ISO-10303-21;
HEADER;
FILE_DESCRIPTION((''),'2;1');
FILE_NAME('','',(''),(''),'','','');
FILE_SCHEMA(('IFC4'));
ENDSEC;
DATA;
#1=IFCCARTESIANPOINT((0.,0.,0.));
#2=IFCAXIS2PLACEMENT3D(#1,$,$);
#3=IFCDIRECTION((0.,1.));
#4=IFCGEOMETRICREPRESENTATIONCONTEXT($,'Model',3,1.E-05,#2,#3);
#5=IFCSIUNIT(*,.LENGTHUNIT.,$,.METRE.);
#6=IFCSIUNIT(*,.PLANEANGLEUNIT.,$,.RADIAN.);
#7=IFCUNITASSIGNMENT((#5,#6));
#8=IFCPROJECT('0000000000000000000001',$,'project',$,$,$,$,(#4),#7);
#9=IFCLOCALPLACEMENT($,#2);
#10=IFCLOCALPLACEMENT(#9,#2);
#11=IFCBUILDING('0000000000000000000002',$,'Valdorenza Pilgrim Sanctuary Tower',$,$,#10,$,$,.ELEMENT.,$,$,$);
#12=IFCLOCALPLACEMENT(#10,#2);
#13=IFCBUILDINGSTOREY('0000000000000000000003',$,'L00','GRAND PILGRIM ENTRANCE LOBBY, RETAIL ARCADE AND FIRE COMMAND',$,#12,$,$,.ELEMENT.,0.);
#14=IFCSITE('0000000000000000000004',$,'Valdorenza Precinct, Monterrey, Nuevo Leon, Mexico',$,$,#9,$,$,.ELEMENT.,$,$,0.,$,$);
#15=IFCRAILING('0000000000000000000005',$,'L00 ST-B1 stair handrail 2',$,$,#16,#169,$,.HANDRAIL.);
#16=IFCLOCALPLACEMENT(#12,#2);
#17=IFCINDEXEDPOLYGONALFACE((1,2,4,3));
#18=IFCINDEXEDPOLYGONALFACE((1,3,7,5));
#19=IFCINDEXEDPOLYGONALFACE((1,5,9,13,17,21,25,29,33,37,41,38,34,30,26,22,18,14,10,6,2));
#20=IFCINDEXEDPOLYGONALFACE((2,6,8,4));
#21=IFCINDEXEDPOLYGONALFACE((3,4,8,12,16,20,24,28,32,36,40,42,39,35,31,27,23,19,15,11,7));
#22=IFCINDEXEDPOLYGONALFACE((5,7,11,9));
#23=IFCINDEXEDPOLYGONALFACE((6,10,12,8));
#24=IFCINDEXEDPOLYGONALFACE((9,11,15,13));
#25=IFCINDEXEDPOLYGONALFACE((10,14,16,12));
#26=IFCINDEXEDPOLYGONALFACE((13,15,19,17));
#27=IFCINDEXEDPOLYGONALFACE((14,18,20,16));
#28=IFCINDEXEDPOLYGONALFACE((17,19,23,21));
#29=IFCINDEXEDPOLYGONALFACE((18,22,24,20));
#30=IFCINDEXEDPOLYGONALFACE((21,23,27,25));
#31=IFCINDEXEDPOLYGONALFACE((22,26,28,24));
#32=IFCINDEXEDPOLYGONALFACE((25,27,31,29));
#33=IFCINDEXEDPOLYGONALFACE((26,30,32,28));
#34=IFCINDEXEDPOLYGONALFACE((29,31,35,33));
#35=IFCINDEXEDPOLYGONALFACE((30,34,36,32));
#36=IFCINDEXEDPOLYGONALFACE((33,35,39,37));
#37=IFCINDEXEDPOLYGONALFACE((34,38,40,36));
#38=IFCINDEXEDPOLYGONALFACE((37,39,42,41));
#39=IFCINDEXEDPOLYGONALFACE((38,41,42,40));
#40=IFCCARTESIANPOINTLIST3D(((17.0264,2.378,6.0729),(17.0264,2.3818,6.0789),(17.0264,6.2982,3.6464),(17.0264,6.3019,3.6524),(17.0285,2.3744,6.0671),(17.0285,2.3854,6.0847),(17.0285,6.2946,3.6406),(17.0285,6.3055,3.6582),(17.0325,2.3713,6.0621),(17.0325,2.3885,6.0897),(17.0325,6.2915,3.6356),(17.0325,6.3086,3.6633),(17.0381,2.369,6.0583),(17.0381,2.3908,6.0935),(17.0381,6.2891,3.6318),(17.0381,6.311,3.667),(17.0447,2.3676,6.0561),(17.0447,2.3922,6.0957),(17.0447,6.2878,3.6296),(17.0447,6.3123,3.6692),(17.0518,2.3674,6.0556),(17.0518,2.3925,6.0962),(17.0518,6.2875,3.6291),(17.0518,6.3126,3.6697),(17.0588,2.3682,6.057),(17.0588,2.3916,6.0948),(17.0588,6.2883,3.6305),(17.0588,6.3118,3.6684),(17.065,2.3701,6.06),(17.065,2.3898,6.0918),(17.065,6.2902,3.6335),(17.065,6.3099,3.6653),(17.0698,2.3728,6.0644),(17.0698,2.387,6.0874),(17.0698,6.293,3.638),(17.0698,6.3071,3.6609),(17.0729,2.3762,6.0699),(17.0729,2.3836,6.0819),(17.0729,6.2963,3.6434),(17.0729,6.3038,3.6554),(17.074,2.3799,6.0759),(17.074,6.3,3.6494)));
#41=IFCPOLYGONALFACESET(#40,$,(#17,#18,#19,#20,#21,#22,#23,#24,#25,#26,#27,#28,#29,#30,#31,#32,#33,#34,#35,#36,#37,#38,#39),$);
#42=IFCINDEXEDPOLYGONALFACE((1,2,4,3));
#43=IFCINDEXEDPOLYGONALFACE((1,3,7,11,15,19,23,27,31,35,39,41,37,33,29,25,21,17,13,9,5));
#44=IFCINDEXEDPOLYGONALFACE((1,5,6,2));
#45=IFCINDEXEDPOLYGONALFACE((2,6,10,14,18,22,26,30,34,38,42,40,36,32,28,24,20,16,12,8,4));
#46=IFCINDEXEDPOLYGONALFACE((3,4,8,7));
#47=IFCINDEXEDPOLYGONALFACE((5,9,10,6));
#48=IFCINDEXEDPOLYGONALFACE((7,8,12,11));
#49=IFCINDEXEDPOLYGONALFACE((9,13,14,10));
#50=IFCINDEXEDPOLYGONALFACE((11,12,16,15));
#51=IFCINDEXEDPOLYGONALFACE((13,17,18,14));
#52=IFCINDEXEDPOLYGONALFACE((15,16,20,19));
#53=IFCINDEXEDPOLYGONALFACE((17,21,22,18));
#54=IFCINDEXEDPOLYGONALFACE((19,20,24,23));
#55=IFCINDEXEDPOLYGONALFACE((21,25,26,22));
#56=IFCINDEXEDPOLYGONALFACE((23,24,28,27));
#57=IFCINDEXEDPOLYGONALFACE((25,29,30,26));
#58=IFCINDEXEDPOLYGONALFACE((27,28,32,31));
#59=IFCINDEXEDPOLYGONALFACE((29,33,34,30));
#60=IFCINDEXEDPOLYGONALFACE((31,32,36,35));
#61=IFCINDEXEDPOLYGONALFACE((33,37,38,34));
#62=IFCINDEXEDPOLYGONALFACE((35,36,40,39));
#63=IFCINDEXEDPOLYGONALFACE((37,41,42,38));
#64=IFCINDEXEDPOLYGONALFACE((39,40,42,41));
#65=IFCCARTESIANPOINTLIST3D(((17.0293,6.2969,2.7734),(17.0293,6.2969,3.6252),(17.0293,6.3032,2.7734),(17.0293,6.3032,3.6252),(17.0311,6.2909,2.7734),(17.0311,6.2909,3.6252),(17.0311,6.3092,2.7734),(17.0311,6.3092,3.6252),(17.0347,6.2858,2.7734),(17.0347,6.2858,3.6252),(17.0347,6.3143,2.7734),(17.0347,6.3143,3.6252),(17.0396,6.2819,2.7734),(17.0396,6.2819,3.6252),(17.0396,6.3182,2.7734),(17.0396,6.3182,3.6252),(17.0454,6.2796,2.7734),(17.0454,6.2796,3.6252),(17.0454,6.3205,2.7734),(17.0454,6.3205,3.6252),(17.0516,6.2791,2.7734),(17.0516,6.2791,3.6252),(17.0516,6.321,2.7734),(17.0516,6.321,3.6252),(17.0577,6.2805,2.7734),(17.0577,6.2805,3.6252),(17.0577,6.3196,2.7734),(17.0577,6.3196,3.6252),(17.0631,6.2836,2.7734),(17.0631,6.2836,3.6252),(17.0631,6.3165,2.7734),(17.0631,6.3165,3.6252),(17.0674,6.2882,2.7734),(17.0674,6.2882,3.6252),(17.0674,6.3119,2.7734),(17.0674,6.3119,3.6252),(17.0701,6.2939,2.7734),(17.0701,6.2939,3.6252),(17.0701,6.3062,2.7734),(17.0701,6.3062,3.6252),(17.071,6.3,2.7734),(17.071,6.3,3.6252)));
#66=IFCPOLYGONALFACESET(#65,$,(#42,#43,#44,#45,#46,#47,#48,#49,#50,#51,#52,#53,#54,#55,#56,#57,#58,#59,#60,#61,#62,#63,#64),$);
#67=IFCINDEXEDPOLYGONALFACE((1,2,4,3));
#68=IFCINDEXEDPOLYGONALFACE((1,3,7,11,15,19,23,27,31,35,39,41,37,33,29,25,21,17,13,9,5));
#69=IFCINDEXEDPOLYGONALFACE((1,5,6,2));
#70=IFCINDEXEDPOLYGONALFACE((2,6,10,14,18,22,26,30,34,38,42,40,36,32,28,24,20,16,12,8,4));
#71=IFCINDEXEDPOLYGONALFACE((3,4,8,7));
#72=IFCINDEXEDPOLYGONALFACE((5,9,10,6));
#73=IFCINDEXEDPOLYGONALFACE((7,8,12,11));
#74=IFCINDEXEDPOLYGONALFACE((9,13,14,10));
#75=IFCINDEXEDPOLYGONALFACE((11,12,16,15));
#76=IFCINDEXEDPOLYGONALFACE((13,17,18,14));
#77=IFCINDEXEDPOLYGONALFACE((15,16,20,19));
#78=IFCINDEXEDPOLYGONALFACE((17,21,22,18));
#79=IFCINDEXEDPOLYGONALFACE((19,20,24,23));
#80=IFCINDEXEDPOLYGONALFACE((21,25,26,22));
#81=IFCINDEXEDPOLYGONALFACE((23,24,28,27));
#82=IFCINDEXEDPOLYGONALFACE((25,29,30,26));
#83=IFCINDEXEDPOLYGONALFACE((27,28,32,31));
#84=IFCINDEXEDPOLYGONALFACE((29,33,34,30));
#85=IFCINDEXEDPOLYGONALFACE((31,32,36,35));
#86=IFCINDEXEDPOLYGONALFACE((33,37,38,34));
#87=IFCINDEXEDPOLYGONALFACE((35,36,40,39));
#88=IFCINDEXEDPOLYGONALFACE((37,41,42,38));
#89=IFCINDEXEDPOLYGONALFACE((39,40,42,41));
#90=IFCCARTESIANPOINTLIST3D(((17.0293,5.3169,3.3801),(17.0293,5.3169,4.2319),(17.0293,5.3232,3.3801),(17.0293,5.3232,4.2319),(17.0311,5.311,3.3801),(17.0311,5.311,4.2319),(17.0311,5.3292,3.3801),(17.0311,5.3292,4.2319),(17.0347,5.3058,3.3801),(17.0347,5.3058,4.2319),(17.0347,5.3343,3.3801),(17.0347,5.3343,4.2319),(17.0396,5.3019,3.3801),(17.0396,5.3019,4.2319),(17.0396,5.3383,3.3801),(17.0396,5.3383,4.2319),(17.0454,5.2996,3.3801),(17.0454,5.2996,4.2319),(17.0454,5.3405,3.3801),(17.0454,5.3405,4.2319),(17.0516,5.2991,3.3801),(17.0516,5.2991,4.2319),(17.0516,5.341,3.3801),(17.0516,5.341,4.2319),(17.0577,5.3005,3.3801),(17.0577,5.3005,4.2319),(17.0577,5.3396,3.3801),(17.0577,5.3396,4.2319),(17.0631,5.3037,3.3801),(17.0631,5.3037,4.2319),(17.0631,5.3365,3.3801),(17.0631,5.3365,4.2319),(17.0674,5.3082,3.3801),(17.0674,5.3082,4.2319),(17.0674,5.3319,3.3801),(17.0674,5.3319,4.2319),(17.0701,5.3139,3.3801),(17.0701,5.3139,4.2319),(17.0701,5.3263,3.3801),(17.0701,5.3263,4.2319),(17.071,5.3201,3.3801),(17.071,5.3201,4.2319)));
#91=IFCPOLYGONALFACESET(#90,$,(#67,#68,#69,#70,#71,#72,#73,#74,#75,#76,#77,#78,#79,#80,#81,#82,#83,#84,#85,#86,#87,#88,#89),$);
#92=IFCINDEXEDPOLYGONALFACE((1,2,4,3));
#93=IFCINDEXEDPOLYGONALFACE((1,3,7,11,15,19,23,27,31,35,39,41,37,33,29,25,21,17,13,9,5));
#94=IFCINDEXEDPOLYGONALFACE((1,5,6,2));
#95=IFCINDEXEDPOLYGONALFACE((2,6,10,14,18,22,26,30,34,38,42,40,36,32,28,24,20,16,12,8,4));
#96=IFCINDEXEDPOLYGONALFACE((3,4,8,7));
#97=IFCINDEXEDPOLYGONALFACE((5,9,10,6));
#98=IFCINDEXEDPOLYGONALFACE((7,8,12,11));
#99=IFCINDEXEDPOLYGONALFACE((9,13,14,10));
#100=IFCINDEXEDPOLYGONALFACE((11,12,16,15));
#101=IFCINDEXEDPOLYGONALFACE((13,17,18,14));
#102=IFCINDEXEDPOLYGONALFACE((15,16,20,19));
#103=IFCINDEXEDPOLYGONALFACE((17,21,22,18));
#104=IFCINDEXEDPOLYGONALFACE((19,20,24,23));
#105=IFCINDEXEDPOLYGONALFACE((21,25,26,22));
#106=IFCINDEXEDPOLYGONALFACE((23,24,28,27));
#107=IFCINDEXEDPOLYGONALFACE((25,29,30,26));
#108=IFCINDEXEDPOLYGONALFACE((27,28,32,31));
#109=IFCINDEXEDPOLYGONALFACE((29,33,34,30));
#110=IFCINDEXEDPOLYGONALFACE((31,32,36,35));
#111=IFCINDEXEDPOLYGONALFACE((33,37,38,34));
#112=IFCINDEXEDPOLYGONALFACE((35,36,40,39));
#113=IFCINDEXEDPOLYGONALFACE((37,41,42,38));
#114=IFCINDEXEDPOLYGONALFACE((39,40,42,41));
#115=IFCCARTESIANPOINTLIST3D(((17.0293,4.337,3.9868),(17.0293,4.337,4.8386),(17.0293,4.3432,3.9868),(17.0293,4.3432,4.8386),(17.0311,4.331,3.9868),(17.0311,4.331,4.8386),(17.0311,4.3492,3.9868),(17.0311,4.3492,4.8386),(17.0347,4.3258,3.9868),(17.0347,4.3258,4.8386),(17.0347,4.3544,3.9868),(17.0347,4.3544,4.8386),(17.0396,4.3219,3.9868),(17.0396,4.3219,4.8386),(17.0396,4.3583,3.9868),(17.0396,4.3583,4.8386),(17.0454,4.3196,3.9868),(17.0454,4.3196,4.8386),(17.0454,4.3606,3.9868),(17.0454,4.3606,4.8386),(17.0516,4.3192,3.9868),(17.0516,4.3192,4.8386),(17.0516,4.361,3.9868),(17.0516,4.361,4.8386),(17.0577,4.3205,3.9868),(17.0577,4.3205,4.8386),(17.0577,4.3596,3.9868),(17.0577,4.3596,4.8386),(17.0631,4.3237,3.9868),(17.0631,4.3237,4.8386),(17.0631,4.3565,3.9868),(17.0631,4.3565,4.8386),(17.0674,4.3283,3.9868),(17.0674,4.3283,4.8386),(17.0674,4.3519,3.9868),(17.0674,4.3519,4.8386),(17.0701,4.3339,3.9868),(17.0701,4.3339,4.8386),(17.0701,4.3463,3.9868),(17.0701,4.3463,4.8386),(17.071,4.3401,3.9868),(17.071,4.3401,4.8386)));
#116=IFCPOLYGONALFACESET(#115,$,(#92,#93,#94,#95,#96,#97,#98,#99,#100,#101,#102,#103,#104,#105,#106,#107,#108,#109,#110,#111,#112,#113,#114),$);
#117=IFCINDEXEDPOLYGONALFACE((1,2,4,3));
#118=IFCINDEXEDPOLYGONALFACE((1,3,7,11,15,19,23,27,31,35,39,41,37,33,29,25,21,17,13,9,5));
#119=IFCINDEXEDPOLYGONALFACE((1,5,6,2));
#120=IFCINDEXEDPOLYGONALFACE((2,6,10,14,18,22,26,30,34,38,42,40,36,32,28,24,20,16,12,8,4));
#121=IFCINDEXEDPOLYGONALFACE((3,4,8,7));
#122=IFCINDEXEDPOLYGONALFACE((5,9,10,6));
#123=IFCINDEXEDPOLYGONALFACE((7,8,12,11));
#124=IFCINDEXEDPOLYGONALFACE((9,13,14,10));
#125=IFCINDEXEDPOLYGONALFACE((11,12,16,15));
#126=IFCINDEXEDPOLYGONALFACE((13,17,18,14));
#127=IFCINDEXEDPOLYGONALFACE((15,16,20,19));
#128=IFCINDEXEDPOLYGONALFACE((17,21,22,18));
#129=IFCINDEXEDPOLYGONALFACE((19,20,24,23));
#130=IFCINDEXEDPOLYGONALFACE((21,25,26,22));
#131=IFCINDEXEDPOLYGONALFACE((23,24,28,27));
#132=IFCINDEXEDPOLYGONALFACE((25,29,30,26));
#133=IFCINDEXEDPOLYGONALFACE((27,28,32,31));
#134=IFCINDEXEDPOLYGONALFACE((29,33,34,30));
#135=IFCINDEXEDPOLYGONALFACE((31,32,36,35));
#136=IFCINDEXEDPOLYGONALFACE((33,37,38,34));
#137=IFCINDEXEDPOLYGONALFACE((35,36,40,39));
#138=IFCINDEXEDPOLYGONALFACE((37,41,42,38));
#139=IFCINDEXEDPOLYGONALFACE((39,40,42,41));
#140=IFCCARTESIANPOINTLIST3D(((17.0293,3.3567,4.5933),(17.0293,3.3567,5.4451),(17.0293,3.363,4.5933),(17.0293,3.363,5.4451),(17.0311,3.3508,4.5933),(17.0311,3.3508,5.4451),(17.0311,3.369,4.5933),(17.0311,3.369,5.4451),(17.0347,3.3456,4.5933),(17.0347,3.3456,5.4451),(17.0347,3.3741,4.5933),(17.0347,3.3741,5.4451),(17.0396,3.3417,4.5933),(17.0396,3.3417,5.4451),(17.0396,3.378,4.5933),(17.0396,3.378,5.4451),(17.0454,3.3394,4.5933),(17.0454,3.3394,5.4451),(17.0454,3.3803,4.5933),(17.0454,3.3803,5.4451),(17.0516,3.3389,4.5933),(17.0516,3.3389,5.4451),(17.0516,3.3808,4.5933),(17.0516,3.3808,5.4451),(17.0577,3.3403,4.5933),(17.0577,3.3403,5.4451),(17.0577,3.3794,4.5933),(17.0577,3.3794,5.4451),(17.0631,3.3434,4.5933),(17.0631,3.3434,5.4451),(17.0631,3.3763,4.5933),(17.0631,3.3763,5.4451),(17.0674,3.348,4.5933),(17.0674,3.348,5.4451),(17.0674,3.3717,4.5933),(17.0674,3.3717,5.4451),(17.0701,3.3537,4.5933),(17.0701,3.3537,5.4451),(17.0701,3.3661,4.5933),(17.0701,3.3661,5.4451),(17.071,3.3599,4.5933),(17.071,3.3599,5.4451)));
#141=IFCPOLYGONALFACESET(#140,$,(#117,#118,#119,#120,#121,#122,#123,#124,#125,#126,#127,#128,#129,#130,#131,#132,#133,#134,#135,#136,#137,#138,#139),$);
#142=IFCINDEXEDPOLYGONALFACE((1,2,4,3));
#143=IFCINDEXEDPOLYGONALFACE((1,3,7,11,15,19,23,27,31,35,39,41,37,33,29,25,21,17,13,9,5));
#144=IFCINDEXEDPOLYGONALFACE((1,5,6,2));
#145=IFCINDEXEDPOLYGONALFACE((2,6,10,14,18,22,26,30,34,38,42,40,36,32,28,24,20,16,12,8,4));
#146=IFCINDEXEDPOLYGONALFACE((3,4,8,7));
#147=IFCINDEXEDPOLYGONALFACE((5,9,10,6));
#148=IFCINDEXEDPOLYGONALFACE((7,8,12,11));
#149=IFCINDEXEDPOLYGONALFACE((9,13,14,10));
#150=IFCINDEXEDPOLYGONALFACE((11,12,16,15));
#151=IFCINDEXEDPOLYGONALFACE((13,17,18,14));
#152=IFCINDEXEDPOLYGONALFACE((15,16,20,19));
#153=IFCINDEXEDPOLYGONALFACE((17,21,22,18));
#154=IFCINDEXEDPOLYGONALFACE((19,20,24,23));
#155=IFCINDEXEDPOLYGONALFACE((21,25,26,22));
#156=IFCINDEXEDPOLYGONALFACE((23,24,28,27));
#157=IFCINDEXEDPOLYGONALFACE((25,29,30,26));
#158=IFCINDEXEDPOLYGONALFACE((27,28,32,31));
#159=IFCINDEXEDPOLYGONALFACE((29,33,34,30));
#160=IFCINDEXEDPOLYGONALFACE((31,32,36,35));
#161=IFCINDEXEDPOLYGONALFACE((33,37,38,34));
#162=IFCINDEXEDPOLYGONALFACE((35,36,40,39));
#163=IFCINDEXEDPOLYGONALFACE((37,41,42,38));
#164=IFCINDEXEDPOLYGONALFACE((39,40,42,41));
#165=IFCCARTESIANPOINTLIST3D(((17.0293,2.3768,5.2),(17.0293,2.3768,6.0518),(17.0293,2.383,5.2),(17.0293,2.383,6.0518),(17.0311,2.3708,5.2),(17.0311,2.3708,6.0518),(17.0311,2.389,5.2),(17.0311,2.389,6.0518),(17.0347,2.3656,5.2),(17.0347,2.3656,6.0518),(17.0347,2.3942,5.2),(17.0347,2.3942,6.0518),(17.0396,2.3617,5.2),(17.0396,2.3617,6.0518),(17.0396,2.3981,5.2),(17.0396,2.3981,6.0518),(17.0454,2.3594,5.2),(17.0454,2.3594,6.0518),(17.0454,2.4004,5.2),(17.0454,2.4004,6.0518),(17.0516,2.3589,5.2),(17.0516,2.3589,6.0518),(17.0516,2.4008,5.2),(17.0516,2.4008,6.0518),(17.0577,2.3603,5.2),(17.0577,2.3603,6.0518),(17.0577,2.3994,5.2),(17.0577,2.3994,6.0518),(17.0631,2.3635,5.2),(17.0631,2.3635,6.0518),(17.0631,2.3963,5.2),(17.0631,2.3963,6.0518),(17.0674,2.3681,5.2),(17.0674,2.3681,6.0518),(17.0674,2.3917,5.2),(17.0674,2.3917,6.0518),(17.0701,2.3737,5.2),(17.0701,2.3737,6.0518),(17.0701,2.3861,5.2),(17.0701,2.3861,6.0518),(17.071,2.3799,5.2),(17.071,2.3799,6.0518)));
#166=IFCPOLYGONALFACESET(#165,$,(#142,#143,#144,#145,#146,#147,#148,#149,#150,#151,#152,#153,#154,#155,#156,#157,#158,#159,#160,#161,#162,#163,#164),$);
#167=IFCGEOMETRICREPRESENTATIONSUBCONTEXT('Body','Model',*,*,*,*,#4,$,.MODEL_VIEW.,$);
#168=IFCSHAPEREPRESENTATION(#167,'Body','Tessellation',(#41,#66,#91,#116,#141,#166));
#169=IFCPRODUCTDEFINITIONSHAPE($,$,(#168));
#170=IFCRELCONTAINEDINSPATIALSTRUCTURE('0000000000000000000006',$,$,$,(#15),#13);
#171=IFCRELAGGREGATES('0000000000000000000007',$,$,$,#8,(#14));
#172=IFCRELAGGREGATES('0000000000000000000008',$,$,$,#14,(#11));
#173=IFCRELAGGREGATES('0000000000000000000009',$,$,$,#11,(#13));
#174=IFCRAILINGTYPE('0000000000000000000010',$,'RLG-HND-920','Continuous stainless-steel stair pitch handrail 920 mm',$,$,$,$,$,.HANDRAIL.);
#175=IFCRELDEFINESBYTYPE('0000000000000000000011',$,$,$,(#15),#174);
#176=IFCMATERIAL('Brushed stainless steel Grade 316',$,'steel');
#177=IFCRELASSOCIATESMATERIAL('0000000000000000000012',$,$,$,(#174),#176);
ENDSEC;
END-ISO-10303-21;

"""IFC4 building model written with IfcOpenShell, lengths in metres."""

from ifc_helpers import new_model, si_unit, direction, frame, origin, origin_2d, place, context, subcontext, project, spatial, circle, extrude, material, type_object, element, save


model = new_model("IFC4")

# Units and contexts
model_context = context("Model", 3, precision=1e-05, world=origin(), true_north=direction((0.0, 1.0)))
body_context = subcontext(model_context, "Body", "Model", "MODEL_VIEW")
ifc_project = project(units=[si_unit("LENGTHUNIT", "METRE"), si_unit("PLANEANGLEUNIT", "RADIAN")], contexts=[model_context])

# Site, building, storey
site_placement = place(None, origin())
site = spatial("IfcSite", under=ifc_project, at=site_placement, Name="Valdorenza Precinct, Monterrey, Nuevo Leon, Mexico", CompositionType="ELEMENT", RefElevation=0.0)
building_placement = place(site_placement, origin())
building = spatial("IfcBuilding", under=site, at=building_placement, Name="Valdorenza Pilgrim Sanctuary Tower", CompositionType="ELEMENT")
storey_placement = place(building_placement, origin())
storey = spatial("IfcBuildingStorey", under=building, at=storey_placement, Name="L00", Description="GRAND PILGRIM ENTRANCE LOBBY, RETAIL ARCADE AND FIRE COMMAND", CompositionType="ELEMENT", Elevation=0.0)

# Railing
ifc_material_1 = material(Name="Brushed stainless steel Grade 316", Category="steel")
railing_type_1 = type_object("IfcRailingType", Name="RLG-HND-920", Description="Continuous stainless-steel stair pitch handrail 920 mm", PredefinedType="HANDRAIL", material=ifc_material_1)
railing_1_placement = place(storey_placement, frame((17.05, 6.3, 2.7734)))
element("IfcRailing", 1, at=railing_1_placement, inside=storey, type_object=railing_type_1, Name="L00 ST-B1 stair handrail 2", PredefinedType="HANDRAIL", context=body_context, shape_type="SweptSolid", body=[
    extrude(circle(Radius=0.0239, at=origin_2d()), frame((0.0, 0.0, 0.876), z_axis=(0.0, -0.85029, 0.526315), x_axis=(1.0, 0.0, 0.0)), (0.0, 0.0, 1.0), 4.6104),
    extrude(circle(Radius=0.021, at=origin_2d()), origin(), (0.0, 0.0, 1.0), 0.8518),
    extrude(circle(Radius=0.021, at=origin_2d()), frame((0.0, -0.98, 0.6067)), (0.0, 0.0, 1.0), 0.8518),
    extrude(circle(Radius=0.021, at=origin_2d()), frame((0.0, -1.96, 1.2134)), (0.0, 0.0, 1.0), 0.8518),
    extrude(circle(Radius=0.021, at=origin_2d()), frame((0.0, -2.9402, 1.8198)), (0.0, 0.0, 1.0), 0.8518),
    extrude(circle(Radius=0.021, at=origin_2d()), frame((0.0, -3.9202, 2.4265)), (0.0, 0.0, 1.0), 0.8518),
])

save(model, "model.ifc")
